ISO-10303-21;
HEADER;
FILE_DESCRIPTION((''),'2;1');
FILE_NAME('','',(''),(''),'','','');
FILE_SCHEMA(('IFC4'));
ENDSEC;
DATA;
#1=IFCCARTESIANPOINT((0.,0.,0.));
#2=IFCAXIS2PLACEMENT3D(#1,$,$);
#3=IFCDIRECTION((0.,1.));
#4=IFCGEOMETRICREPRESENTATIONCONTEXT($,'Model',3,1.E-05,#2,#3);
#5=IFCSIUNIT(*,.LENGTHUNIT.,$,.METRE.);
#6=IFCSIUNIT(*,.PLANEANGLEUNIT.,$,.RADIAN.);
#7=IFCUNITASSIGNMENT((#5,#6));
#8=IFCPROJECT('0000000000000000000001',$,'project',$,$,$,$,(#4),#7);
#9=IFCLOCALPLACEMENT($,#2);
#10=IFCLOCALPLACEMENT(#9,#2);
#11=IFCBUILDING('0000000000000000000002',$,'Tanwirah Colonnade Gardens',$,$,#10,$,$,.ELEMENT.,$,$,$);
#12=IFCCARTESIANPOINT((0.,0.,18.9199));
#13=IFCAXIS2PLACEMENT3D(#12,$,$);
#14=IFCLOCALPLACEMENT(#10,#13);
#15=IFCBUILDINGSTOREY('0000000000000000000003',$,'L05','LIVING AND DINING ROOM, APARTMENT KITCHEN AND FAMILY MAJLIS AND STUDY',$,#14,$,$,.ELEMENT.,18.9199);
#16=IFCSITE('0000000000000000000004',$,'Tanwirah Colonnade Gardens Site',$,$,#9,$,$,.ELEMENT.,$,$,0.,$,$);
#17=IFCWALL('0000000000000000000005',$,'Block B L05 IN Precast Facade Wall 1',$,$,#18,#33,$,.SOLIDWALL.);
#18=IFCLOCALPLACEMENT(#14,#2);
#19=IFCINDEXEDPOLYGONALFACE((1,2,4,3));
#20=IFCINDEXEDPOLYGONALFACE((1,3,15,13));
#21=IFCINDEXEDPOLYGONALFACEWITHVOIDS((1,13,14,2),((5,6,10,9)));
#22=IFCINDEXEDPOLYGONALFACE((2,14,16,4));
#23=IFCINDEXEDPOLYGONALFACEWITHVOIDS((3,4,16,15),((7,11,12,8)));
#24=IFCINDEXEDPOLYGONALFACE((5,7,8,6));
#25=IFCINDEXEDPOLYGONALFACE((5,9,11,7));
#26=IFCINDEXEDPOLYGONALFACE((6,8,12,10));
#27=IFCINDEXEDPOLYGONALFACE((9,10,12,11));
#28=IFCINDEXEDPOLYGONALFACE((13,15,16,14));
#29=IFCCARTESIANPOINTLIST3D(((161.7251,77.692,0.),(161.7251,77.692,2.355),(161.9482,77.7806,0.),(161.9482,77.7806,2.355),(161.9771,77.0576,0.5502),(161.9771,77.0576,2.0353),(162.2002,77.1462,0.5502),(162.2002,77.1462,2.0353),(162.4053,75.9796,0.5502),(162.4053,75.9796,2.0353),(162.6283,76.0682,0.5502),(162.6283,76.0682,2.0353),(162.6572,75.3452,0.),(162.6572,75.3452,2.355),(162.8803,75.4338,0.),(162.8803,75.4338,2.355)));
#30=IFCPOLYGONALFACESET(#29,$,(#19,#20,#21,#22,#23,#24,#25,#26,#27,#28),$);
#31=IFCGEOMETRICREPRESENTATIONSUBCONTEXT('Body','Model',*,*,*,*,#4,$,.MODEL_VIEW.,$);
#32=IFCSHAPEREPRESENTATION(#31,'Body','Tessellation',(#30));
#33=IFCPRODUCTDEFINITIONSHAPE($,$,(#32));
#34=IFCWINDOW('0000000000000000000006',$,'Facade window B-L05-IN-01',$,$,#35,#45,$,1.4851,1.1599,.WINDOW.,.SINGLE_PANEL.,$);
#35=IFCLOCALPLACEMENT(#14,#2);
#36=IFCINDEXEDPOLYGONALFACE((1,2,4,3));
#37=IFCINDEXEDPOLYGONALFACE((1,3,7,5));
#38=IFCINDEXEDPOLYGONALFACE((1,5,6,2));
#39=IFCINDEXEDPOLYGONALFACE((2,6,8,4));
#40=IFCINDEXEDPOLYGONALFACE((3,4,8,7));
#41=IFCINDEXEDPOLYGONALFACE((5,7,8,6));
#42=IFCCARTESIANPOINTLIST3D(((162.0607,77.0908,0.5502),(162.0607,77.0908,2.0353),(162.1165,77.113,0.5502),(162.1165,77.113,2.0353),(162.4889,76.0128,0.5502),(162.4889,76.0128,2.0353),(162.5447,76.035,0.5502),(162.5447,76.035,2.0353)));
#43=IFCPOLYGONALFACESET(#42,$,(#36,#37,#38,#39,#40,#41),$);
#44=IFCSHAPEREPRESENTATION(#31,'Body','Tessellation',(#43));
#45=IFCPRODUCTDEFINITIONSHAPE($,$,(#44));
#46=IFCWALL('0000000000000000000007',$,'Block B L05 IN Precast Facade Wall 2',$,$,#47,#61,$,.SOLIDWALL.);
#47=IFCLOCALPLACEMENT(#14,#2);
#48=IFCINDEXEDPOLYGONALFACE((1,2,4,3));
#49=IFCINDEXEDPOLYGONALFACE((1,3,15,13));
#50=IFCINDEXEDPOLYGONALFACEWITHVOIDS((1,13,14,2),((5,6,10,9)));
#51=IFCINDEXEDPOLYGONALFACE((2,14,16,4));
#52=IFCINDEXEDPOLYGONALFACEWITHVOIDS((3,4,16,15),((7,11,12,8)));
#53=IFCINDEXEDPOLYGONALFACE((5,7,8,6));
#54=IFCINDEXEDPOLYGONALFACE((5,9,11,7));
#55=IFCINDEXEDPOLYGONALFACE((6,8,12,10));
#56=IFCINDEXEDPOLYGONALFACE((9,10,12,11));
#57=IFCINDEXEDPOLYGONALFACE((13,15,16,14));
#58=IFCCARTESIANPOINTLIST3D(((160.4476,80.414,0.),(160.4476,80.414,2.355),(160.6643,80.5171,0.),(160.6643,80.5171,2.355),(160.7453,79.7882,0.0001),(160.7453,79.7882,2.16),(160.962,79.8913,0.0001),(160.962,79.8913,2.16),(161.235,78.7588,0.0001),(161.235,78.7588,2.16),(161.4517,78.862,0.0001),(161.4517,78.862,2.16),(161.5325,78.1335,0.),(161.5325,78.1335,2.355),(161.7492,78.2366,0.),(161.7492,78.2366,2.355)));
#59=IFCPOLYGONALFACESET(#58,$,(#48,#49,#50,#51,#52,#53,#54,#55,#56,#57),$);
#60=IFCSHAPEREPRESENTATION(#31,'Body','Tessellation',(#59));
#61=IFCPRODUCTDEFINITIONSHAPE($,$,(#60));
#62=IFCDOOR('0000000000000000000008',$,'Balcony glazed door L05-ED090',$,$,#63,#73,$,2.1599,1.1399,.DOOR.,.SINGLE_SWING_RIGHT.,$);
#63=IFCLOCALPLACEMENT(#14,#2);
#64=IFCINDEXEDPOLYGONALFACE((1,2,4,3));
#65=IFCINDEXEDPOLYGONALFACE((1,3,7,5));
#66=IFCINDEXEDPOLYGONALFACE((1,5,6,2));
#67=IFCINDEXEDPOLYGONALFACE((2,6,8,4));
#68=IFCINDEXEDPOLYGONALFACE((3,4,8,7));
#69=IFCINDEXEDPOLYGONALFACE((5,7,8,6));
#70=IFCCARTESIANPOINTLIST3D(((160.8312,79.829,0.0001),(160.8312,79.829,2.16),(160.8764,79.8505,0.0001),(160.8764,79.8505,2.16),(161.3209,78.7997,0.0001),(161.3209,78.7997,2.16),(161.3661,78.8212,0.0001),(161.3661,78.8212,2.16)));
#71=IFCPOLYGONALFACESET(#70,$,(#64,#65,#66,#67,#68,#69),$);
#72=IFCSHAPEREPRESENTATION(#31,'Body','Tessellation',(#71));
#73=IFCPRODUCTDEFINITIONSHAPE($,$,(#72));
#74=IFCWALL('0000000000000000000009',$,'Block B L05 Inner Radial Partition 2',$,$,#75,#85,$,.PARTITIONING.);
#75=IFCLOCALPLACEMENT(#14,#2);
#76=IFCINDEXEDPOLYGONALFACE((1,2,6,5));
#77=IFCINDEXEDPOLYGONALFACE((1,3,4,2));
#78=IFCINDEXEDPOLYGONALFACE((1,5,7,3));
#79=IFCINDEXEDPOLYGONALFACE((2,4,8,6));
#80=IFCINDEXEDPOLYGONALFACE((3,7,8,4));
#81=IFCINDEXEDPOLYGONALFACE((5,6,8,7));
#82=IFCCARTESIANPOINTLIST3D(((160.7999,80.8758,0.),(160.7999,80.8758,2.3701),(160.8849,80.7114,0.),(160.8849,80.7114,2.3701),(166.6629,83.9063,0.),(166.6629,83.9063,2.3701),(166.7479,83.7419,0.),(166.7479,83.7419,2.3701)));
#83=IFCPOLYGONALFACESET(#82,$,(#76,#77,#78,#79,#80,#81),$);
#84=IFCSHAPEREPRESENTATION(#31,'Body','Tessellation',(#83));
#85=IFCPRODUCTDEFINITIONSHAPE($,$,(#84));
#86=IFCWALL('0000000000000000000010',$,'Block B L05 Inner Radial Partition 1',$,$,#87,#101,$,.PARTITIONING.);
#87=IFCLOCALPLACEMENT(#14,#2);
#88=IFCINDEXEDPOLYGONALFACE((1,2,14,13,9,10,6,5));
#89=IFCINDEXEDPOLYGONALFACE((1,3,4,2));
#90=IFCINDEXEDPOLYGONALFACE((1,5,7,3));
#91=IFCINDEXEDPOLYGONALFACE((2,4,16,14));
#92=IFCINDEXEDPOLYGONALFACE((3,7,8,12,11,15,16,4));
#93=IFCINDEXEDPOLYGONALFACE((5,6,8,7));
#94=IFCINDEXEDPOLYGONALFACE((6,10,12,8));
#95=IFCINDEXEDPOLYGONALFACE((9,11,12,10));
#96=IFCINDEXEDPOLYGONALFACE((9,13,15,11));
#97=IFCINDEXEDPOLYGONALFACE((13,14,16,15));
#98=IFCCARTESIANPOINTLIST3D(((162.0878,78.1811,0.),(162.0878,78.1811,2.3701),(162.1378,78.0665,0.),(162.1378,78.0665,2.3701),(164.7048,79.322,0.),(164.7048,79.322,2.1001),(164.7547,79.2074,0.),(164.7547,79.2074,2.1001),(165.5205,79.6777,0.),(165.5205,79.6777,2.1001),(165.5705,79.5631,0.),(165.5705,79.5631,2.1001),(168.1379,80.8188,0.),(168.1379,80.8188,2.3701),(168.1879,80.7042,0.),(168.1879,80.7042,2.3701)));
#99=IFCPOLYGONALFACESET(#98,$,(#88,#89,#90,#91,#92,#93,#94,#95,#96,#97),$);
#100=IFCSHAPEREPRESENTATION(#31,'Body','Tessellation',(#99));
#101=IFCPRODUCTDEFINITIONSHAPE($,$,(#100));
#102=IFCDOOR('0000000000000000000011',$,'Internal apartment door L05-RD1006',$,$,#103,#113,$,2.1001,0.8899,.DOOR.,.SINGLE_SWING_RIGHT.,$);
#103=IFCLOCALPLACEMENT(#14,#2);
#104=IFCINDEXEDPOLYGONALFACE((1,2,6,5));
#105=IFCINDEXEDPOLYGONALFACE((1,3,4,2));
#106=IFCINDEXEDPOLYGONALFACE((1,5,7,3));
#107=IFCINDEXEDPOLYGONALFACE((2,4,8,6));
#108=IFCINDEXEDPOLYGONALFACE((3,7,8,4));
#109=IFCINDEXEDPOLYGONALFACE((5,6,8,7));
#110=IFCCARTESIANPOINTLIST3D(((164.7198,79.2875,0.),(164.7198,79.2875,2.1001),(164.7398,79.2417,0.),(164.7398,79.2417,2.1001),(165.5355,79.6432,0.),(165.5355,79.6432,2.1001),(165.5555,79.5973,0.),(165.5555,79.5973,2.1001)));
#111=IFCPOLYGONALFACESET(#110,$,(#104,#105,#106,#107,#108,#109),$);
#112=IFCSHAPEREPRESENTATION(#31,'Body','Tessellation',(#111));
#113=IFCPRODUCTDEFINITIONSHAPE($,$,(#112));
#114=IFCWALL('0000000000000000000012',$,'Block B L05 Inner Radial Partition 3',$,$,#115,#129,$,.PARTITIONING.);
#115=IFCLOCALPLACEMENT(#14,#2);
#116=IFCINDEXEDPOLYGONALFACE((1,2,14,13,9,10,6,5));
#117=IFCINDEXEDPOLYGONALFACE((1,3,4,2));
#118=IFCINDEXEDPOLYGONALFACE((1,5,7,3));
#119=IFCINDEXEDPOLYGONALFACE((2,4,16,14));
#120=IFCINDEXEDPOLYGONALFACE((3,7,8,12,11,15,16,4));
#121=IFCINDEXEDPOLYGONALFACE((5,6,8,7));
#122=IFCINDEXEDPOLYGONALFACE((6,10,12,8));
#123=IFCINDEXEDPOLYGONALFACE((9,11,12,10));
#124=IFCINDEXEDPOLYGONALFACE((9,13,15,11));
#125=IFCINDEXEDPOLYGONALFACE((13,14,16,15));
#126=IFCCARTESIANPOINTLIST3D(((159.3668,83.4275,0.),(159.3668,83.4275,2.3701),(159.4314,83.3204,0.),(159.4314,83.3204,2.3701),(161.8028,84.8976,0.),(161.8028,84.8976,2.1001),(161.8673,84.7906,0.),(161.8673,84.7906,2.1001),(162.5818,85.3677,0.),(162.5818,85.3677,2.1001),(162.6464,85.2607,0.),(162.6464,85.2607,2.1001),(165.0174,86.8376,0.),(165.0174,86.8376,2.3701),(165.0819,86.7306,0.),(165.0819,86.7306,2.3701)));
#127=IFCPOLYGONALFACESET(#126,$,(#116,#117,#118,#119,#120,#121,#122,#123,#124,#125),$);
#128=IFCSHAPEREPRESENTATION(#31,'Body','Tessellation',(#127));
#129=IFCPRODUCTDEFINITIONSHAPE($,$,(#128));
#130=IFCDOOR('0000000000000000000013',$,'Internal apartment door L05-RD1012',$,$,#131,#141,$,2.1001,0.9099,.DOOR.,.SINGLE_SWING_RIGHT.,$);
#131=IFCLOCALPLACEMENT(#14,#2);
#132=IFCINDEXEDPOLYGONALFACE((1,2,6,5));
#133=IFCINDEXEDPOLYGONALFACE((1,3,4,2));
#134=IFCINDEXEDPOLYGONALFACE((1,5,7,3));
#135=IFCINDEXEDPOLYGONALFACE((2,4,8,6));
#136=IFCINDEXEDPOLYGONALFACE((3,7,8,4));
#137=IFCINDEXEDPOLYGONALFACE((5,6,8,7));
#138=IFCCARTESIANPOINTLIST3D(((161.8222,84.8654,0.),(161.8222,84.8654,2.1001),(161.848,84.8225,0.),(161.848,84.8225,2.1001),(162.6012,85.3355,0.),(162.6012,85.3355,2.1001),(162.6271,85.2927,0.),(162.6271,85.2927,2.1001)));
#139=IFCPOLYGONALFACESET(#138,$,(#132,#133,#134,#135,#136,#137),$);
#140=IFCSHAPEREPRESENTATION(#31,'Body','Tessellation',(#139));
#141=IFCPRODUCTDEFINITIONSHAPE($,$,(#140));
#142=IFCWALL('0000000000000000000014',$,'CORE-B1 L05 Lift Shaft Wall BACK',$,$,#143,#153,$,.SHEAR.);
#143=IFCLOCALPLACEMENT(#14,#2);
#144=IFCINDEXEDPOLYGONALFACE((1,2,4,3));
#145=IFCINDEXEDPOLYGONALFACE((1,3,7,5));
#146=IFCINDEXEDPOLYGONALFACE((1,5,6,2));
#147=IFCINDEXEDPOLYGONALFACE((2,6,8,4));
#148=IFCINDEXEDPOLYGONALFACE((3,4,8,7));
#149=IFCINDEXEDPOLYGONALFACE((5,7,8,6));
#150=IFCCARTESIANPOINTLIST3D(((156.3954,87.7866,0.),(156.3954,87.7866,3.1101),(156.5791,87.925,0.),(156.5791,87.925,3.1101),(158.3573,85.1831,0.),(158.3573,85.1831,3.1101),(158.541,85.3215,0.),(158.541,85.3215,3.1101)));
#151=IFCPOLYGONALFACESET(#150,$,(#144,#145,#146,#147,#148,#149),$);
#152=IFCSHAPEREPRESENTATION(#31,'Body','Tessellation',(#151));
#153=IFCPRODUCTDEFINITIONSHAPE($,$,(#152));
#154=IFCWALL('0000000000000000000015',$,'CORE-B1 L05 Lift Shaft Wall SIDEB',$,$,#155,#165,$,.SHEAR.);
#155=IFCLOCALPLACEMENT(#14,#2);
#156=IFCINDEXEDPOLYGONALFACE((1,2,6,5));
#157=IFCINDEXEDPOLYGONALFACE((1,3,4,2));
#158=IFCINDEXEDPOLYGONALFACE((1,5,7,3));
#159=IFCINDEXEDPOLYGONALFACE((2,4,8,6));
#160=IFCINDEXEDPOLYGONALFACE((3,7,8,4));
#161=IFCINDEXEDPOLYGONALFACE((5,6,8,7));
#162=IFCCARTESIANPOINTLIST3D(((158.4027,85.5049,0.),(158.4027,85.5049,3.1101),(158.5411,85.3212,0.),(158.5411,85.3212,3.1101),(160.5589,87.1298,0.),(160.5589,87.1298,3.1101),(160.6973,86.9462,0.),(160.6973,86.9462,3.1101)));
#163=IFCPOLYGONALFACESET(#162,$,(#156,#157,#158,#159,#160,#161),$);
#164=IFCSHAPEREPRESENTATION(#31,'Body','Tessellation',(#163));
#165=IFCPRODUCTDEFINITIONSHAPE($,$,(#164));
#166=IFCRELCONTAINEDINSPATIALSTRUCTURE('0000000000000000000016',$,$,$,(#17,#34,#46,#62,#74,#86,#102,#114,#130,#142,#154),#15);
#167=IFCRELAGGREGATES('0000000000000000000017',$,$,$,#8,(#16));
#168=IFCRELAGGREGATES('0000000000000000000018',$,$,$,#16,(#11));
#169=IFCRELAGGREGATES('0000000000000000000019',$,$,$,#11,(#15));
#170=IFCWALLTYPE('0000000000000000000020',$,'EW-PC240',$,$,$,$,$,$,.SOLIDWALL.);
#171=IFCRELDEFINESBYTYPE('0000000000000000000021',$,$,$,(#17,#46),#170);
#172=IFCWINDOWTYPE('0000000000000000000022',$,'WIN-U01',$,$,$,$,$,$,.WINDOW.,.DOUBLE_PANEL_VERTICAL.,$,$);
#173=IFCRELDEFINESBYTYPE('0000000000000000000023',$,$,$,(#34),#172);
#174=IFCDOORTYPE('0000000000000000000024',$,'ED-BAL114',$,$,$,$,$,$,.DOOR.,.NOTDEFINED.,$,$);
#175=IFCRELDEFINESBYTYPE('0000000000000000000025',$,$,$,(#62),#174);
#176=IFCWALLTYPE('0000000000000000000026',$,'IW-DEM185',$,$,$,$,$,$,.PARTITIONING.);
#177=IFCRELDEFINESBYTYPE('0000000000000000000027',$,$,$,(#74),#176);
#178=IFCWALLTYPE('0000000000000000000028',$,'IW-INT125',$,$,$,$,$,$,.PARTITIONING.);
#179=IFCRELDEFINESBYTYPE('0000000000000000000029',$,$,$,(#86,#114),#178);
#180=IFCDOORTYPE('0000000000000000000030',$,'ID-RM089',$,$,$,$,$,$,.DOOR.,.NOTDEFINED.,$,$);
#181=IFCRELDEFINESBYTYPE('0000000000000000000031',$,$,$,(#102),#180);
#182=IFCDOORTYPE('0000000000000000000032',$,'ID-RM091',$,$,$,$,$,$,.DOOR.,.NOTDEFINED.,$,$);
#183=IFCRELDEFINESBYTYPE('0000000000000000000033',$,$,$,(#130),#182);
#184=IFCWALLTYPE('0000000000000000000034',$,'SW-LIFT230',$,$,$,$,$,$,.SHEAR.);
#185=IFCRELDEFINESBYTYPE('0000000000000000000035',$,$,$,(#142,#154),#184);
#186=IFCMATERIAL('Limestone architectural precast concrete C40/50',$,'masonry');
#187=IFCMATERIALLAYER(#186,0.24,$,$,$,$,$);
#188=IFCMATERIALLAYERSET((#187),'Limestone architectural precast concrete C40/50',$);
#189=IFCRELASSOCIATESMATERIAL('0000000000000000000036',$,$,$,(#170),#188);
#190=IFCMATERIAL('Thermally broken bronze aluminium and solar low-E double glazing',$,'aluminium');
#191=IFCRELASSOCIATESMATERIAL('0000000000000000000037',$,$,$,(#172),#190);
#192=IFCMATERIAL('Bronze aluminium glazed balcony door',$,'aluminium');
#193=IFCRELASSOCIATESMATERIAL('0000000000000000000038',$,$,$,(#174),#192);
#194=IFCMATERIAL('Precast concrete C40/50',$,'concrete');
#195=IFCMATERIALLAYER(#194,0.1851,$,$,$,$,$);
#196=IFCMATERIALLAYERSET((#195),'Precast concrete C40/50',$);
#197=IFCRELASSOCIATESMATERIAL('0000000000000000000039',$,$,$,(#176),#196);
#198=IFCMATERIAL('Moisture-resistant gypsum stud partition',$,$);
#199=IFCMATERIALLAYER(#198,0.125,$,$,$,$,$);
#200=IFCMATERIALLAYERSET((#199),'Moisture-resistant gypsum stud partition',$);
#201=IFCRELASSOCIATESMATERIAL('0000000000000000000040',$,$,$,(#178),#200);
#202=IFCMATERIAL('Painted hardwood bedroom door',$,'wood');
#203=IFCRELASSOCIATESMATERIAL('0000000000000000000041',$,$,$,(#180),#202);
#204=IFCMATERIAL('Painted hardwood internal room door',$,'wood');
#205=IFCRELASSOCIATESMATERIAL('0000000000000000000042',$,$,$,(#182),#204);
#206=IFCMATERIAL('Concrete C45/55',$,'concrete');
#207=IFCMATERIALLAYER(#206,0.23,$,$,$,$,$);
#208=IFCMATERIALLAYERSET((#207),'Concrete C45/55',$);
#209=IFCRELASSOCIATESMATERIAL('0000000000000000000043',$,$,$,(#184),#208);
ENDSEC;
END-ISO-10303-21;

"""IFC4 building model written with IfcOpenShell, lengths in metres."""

from ifc_helpers import new_model, si_unit, direction, frame, frame_2d, origin, place, context, subcontext, project, spatial, rectangle, extrude, material, layer, layer_set, type_object, element, fill, save


model = new_model("IFC4")

# Units and contexts
model_context = context("Model", 3, precision=1e-05, world=origin(), true_north=direction((0.0, 1.0)))
body_context = subcontext(model_context, "Body", "Model", "MODEL_VIEW")
ifc_project = project(units=[si_unit("LENGTHUNIT", "METRE"), si_unit("PLANEANGLEUNIT", "RADIAN")], contexts=[model_context])

# Site, building, storey
site_placement = place(None, origin())
site = spatial("IfcSite", under=ifc_project, at=site_placement, Name="Tanwirah Colonnade Gardens Site", CompositionType="ELEMENT", RefElevation=0.0)
building_placement = place(site_placement, origin())
building = spatial("IfcBuilding", under=site, at=building_placement, Name="Tanwirah Colonnade Gardens", CompositionType="ELEMENT")
storey_placement = place(building_placement, frame((0.0, 0.0, 18.9199)))
storey = spatial("IfcBuildingStorey", under=building, at=storey_placement, Name="L05", Description="LIVING AND DINING ROOM, APARTMENT KITCHEN AND FAMILY MAJLIS AND STUDY", CompositionType="ELEMENT", Elevation=18.9199)

# Shared definitions
ifc_material_1 = material(Name="Precast concrete C40/50", Category="concrete")

# Wall, opening, window
ifc_material_2 = material(Name="Limestone architectural precast concrete C40/50", Category="masonry")
ifc_layer_1 = layer(ifc_material_2, 0.24)
ifc_layer_set_1 = layer_set([ifc_layer_1], Name="Limestone architectural precast concrete C40/50")
wall_type_1 = type_object("IfcWallType", Name="EW-PC240", PredefinedType="SOLIDWALL", material=ifc_layer_set_1)
wall_1_placement = place(storey_placement, frame((162.7688, 75.3894, 0.0), z_axis=(0.0, 0.0, 1.0), x_axis=(-0.369123, 0.929381, 0.0)))
wall_1 = element("IfcWall", 1, at=wall_1_placement, inside=storey, type_object=wall_type_1, Name="Block B L05 IN Precast Facade Wall 1", PredefinedType="SOLIDWALL", context=body_context, shape_type="SweptSolid", body=[
    extrude(rectangle(XDim=2.5251, YDim=0.24, at=frame_2d((1.2627, 0.0))), origin(), (0.0, 0.0, 1.0), 2.355),
])
opening_1_placement = place(wall_1_placement, frame((0.6826, 0.0, 0.55)))
opening_1 = element("IfcOpeningElement", 2, at=opening_1_placement, cuts=wall_1, PredefinedType="OPENING", context=body_context, shape_type="SweptSolid", body=[
    extrude(rectangle(XDim=1.1599, YDim=1.4851, at=frame_2d((0.5801, 0.7427))), frame((0.0, 0.1299, 0.0), z_axis=(0.0, -1.0, 0.0), x_axis=(1.0, 0.0, 0.0)), (0.0, 0.0, 1.0), 0.26),
])
ifc_material_3 = material(Name="Thermally broken bronze aluminium and solar low-E double glazing", Category="aluminium")
window_type = type_object("IfcWindowType", Name="WIN-U01", PartitioningType="DOUBLE_PANEL_VERTICAL", PredefinedType="WINDOW", material=ifc_material_3)
window_placement = place(opening_1_placement, origin())
window = element("IfcWindow", 3, at=window_placement, inside=storey, type_object=window_type, Name="Facade window B-L05-IN-01", OverallHeight=1.4851, OverallWidth=1.1599, PartitioningType="SINGLE_PANEL", PredefinedType="WINDOW", context=body_context, shape_type="SweptSolid", body=[
    extrude(rectangle(XDim=1.1599, YDim=1.4851, at=frame_2d((0.5801, 0.7427))), frame((0.0, 0.03, 0.0), z_axis=(0.0, -1.0, 0.0), x_axis=(1.0, 0.0, 0.0)), (0.0, 0.0, 1.0), 0.0601),
])
fill(opening_1, window)

# Wall, opening, door
wall_2_placement = place(storey_placement, frame((161.6409, 78.1851, 0.0), z_axis=(0.0, 0.0, 1.0), x_axis=(-0.429611, 0.903014, 0.0)))
wall_2 = element("IfcWall", 4, at=wall_2_placement, inside=storey, type_object=wall_type_1, Name="Block B L05 IN Precast Facade Wall 2", PredefinedType="SOLIDWALL", context=body_context, shape_type="SweptSolid", body=[
    extrude(rectangle(XDim=2.5254, YDim=0.24, at=frame_2d((1.2627, 0.0))), origin(), (0.0, 0.0, 1.0), 2.355),
])
opening_2_placement = place(wall_2_placement, frame((0.6926, 0.0, 0.0)))
opening_2 = element("IfcOpeningElement", 5, at=opening_2_placement, cuts=wall_2, PredefinedType="OPENING", context=body_context, shape_type="SweptSolid", body=[
    extrude(rectangle(XDim=1.1399, YDim=2.1599, at=frame_2d((0.5698, 1.0801))), frame((0.0, 0.1299, 0.0), z_axis=(0.0, -1.0, 0.0), x_axis=(1.0, 0.0, 0.0)), (0.0, 0.0, 1.0), 0.26),
])
ifc_material_4 = material(Name="Bronze aluminium glazed balcony door", Category="aluminium")
door_type_1 = type_object("IfcDoorType", Name="ED-BAL114", OperationType="NOTDEFINED", PredefinedType="DOOR", material=ifc_material_4)
door_1_placement = place(opening_2_placement, origin())
door_1 = element("IfcDoor", 6, at=door_1_placement, inside=storey, type_object=door_type_1, Name="Balcony glazed door L05-ED090", OperationType="SINGLE_SWING_RIGHT", OverallHeight=2.1599, OverallWidth=1.1399, PredefinedType="DOOR", context=body_context, shape_type="SweptSolid", body=[
    extrude(rectangle(XDim=1.1399, YDim=2.1599, at=frame_2d((0.5698, 1.0801))), frame((0.0, 0.0249, 0.0), z_axis=(0.0, -1.0, 0.0), x_axis=(1.0, 0.0, 0.0)), (0.0, 0.0, 1.0), 0.05),
])
fill(opening_2, door_1)

# Wall
ifc_layer_2 = layer(ifc_material_1, 0.1851)
ifc_layer_set_2 = layer_set([ifc_layer_2], Name="Precast concrete C40/50")
wall_type_2 = type_object("IfcWallType", Name="IW-DEM185", PredefinedType="PARTITIONING", material=ifc_layer_set_2)
wall_3_placement = place(storey_placement, frame((160.8425, 80.7937, 0.0), z_axis=(0.0, 0.0, 1.0), x_axis=(0.888347, 0.459173, 0.0)))
element("IfcWall", 7, at=wall_3_placement, inside=storey, type_object=wall_type_2, Name="Block B L05 Inner Radial Partition 2", PredefinedType="PARTITIONING", context=body_context, shape_type="SweptSolid", body=[
    extrude(rectangle(XDim=6.5999, YDim=0.1851, at=frame_2d((3.2998, 0.0))), origin(), (0.0, 0.0, 1.0), 2.3701),
])

# Walls, openings, doors
ifc_material_5 = material(Name="Moisture-resistant gypsum stud partition")
ifc_layer_3 = layer(ifc_material_5, 0.125)
ifc_layer_set_3 = layer_set([ifc_layer_3], Name="Moisture-resistant gypsum stud partition")
wall_type_3 = type_object("IfcWallType", Name="IW-INT125", PredefinedType="PARTITIONING", material=ifc_layer_set_3)
wall_4_placement = place(storey_placement, frame((162.1128, 78.1238, 0.0), z_axis=(0.0, 0.0, 1.0), x_axis=(0.916669, 0.399648, 0.0)))
wall_4 = element("IfcWall", 8, at=wall_4_placement, inside=storey, type_object=wall_type_3, Name="Block B L05 Inner Radial Partition 1", PredefinedType="PARTITIONING", context=body_context, shape_type="SweptSolid", body=[
    extrude(rectangle(XDim=6.6001, YDim=0.125, at=frame_2d((3.3, 0.0))), origin(), (0.0, 0.0, 1.0), 2.3701),
])
opening_3_placement = place(wall_4_placement, frame((2.855, 0.0, 0.0)))
opening_3 = element("IfcOpeningElement", 9, at=opening_3_placement, cuts=wall_4, PredefinedType="OPENING", context=body_context, shape_type="SweptSolid", body=[
    extrude(rectangle(XDim=0.8899, YDim=2.1001, at=frame_2d((0.4448, 1.05))), frame((0.0, 0.0725, 0.0), z_axis=(0.0, -1.0, 0.0), x_axis=(1.0, 0.0, 0.0)), (0.0, 0.0, 1.0), 0.145),
])
ifc_material_6 = material(Name="Painted hardwood bedroom door", Category="wood")
door_type_2 = type_object("IfcDoorType", Name="ID-RM089", OperationType="NOTDEFINED", PredefinedType="DOOR", material=ifc_material_6)
door_2_placement = place(opening_3_placement, origin())
door_2 = element("IfcDoor", 10, at=door_2_placement, inside=storey, type_object=door_type_2, Name="Internal apartment door L05-RD1006", OperationType="SINGLE_SWING_RIGHT", OverallHeight=2.1001, OverallWidth=0.8899, PredefinedType="DOOR", context=body_context, shape_type="SweptSolid", body=[
    extrude(rectangle(XDim=0.8899, YDim=2.1001, at=frame_2d((0.4448, 1.05))), frame((0.0, 0.0249, 0.0), z_axis=(0.0, -1.0, 0.0), x_axis=(1.0, 0.0, 0.0)), (0.0, 0.0, 1.0), 0.05),
])
fill(opening_3, door_2)
wall_5_placement = place(storey_placement, frame((159.3992, 83.374, 0.0), z_axis=(0.0, 0.0, 1.0), x_axis=(0.856168, 0.516697, 0.0)))
wall_5 = element("IfcWall", 11, at=wall_5_placement, inside=storey, type_object=wall_type_3, Name="Block B L05 Inner Radial Partition 3", PredefinedType="PARTITIONING", context=body_context, shape_type="SweptSolid", body=[
    extrude(rectangle(XDim=6.5999, YDim=0.125, at=frame_2d((3.2998, 0.0))), origin(), (0.0, 0.0, 1.0), 2.3701),
])
opening_4_placement = place(wall_5_placement, frame((2.845, 0.0, 0.0)))
opening_4 = element("IfcOpeningElement", 12, at=opening_4_placement, cuts=wall_5, PredefinedType="OPENING", context=body_context, shape_type="SweptSolid", body=[
    extrude(rectangle(XDim=0.9099, YDim=2.1001, at=frame_2d((0.4551, 1.05))), frame((0.0, 0.0725, 0.0), z_axis=(0.0, -1.0, 0.0), x_axis=(1.0, 0.0, 0.0)), (0.0, 0.0, 1.0), 0.145),
])
ifc_material_7 = material(Name="Painted hardwood internal room door", Category="wood")
door_type_3 = type_object("IfcDoorType", Name="ID-RM091", OperationType="NOTDEFINED", PredefinedType="DOOR", material=ifc_material_7)
door_3_placement = place(opening_4_placement, origin())
door_3 = element("IfcDoor", 13, at=door_3_placement, inside=storey, type_object=door_type_3, Name="Internal apartment door L05-RD1012", OperationType="SINGLE_SWING_RIGHT", OverallHeight=2.1001, OverallWidth=0.9099, PredefinedType="DOOR", context=body_context, shape_type="SweptSolid", body=[
    extrude(rectangle(XDim=0.9099, YDim=2.1001, at=frame_2d((0.4551, 1.05))), frame((0.0, 0.0249, 0.0), z_axis=(0.0, -1.0, 0.0), x_axis=(1.0, 0.0, 0.0)), (0.0, 0.0, 1.0), 0.05),
])
fill(opening_4, door_3)

# Walls
ifc_material_8 = material(Name="Concrete C45/55", Category="concrete")
ifc_layer_4 = layer(ifc_material_8, 0.23)
ifc_layer_set_4 = layer_set([ifc_layer_4], Name="Concrete C45/55")
wall_type_4 = type_object("IfcWallType", Name="SW-LIFT230", PredefinedType="SHEAR", material=ifc_layer_set_4)
wall_6_placement = place(storey_placement, frame((156.4873, 87.8557, 0.0), z_axis=(0.0, 0.0, 1.0), x_axis=(0.60182, -0.798632, 0.0)))
element("IfcWall", 14, at=wall_6_placement, inside=storey, type_object=wall_type_4, Name="CORE-B1 L05 Lift Shaft Wall BACK", PredefinedType="SHEAR", context=body_context, shape_type="SweptSolid", body=[
    extrude(rectangle(XDim=3.26, YDim=0.23, at=frame_2d((1.6299, 0.0))), origin(), (0.0, 0.0, 1.0), 3.1101),
])
wall_7_placement = place(storey_placement, frame((160.6282, 87.0381, 0.0), z_axis=(0.0, 0.0, 1.0), x_axis=(-0.798609, -0.60185, 0.0)))
element("IfcWall", 15, at=wall_7_placement, inside=storey, type_object=wall_type_4, Name="CORE-B1 L05 Lift Shaft Wall SIDEB", PredefinedType="SHEAR", context=body_context, shape_type="SweptSolid", body=[
    extrude(rectangle(XDim=2.7, YDim=0.23, at=frame_2d((1.3501, 0.0))), origin(), (0.0, 0.0, 1.0), 3.1101),
])

save(model, "model.ifc")
